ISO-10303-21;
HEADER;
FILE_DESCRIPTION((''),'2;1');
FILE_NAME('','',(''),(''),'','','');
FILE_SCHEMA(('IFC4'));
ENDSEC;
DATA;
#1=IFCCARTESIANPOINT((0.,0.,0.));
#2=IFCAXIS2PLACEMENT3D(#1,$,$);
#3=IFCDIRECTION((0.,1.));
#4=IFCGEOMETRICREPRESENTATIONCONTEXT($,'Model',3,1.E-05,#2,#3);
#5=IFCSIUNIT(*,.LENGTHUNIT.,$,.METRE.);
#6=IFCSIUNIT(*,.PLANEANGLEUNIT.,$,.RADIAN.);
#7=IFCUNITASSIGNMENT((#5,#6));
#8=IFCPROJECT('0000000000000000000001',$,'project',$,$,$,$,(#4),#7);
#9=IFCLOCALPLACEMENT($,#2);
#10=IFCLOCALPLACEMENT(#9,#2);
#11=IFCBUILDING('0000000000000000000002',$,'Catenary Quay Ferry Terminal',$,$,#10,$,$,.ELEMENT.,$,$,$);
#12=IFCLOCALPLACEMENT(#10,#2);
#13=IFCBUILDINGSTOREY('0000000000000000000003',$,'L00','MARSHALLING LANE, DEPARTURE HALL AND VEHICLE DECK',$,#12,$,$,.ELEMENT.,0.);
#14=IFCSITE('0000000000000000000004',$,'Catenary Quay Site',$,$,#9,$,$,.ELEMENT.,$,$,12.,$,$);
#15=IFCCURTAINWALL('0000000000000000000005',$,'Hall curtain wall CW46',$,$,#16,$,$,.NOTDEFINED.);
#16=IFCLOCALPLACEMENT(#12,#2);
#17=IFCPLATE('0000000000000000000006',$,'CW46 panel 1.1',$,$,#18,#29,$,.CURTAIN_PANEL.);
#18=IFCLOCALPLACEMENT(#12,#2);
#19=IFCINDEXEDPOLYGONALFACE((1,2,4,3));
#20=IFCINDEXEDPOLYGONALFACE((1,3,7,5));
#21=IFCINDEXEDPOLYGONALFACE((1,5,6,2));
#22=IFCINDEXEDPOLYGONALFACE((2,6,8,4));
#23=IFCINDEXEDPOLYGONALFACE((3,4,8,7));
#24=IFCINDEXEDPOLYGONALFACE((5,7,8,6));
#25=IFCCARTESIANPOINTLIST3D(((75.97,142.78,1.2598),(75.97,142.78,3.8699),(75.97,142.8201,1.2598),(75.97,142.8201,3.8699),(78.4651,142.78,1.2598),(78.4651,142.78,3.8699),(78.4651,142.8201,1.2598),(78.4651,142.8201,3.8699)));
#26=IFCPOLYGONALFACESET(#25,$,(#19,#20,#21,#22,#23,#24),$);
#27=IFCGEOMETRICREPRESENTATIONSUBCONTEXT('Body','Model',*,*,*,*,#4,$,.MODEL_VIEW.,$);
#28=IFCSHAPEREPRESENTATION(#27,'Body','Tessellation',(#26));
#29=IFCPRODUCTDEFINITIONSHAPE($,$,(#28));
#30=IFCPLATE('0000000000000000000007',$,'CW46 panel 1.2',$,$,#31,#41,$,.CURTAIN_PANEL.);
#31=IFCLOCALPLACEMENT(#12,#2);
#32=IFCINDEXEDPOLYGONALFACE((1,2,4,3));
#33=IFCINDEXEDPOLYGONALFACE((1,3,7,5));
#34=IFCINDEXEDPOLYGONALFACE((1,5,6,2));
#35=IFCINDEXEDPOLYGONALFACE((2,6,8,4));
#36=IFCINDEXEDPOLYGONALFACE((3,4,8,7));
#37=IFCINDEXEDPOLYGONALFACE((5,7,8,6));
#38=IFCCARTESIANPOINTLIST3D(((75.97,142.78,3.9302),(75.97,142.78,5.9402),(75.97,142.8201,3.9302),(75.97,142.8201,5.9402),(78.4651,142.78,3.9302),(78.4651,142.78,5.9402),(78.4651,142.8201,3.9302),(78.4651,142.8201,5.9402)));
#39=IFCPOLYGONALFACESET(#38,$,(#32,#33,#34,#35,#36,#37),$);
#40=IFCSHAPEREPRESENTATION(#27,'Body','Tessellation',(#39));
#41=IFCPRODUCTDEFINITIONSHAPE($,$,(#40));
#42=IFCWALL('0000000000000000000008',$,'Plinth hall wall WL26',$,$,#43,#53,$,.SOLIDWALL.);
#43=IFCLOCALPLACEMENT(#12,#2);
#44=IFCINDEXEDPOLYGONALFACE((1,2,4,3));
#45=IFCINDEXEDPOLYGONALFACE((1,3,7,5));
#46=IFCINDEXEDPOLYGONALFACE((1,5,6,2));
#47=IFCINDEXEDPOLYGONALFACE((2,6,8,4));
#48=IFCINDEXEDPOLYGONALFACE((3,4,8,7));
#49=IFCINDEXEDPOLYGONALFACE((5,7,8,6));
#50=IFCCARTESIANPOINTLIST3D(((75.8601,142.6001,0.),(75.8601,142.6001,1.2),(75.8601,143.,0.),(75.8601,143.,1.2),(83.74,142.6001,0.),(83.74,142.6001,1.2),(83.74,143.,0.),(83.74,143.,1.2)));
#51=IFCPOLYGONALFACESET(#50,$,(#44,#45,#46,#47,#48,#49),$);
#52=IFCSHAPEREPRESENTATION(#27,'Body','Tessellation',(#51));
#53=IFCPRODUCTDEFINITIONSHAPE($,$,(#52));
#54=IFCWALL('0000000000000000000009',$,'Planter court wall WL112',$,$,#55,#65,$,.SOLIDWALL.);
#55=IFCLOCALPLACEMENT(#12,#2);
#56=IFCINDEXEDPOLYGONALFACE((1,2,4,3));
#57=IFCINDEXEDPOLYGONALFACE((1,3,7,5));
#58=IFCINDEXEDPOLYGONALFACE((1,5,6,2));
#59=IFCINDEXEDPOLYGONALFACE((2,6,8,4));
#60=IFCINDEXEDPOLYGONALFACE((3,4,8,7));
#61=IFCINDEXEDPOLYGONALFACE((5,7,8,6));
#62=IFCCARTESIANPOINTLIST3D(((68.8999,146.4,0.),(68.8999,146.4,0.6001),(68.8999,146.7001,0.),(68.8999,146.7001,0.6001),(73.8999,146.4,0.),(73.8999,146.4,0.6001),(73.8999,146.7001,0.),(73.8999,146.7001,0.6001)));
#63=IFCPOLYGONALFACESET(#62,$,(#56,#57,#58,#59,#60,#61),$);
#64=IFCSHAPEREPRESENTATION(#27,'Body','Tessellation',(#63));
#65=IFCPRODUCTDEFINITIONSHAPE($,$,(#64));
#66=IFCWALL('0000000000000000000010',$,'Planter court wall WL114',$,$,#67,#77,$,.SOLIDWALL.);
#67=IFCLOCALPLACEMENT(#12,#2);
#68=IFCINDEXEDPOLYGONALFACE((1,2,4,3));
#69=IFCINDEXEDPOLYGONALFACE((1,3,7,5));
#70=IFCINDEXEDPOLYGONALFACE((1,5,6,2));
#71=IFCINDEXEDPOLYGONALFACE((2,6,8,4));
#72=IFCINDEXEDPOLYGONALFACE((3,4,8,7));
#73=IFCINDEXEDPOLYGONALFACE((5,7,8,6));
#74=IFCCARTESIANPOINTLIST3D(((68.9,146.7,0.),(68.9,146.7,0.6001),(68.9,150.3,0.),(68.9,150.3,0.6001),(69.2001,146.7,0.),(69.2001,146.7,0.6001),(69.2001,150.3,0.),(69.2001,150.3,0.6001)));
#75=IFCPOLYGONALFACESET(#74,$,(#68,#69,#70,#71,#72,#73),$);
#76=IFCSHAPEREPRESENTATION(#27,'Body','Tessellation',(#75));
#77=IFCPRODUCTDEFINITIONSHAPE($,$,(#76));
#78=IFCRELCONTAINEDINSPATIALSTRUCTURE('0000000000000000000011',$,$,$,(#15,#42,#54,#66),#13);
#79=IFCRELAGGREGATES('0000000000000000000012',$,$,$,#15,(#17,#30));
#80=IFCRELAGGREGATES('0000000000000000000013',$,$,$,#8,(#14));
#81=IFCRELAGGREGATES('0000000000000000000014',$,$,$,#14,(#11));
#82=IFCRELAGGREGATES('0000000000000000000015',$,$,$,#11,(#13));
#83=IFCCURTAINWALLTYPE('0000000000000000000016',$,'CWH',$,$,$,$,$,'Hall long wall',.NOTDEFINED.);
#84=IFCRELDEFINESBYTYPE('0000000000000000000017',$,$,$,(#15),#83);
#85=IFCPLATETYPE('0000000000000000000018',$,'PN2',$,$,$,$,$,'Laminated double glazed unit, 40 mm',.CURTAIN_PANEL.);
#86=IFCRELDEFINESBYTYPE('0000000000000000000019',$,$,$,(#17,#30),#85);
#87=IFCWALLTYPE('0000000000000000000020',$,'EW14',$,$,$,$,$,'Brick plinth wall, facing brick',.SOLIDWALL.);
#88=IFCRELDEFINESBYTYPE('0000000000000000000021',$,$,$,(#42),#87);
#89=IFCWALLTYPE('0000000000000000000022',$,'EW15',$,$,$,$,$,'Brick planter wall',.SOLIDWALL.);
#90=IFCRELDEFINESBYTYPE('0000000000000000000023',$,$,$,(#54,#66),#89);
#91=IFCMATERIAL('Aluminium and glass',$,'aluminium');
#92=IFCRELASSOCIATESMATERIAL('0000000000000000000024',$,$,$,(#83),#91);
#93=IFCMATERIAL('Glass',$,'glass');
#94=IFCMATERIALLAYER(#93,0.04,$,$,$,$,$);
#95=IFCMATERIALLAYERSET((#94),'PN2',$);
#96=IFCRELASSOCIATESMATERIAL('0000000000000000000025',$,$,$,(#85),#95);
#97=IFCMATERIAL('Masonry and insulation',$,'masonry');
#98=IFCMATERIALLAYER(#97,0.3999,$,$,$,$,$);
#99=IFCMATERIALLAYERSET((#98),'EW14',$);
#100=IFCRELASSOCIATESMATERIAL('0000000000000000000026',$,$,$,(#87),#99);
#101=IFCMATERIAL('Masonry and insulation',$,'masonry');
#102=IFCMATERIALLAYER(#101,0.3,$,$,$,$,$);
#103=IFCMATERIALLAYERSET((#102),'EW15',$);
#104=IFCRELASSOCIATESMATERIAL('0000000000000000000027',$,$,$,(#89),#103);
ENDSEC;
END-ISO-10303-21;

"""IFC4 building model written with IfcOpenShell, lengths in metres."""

from ifc_helpers import new_model, si_unit, direction, frame, frame_2d, origin, origin_2d, place, context, subcontext, project, spatial, rectangle, extrude, material, layer, layer_set, type_object, element, aggregate, save


model = new_model("IFC4")

# Units and contexts
model_context = context("Model", 3, precision=1e-05, world=origin(), true_north=direction((0.0, 1.0)))
body_context = subcontext(model_context, "Body", "Model", "MODEL_VIEW")
ifc_project = project(units=[si_unit("LENGTHUNIT", "METRE"), si_unit("PLANEANGLEUNIT", "RADIAN")], contexts=[model_context])

# Site, building, storey
site_placement = place(None, origin())
site = spatial("IfcSite", under=ifc_project, at=site_placement, Name="Catenary Quay Site", CompositionType="ELEMENT", RefElevation=12.0)
building_placement = place(site_placement, origin())
building = spatial("IfcBuilding", under=site, at=building_placement, Name="Catenary Quay Ferry Terminal", CompositionType="ELEMENT")
storey_placement = place(building_placement, origin())
storey = spatial("IfcBuildingStorey", under=building, at=storey_placement, Name="L00", Description="MARSHALLING LANE, DEPARTURE HALL AND VEHICLE DECK", CompositionType="ELEMENT", Elevation=0.0)

# Shared definitions
ifc_material_1 = material(Name="Aluminium and glass", Category="aluminium")
curtain_wall_type = type_object("IfcCurtainWallType", Name="CWH", ElementType="Hall long wall", PredefinedType="NOTDEFINED", material=ifc_material_1)

# Curtain wall
curtain_wall_1_placement = place(storey_placement, origin())
curtain_wall_1 = element("IfcCurtainWall", 1, at=curtain_wall_1_placement, inside=storey, type_object=curtain_wall_type, Name="Hall curtain wall CW46", PredefinedType="NOTDEFINED")

# Plates
ifc_material_2 = material(Name="Glass", Category="glass")
ifc_layer_1 = layer(ifc_material_2, 0.04)
ifc_layer_set_1 = layer_set([ifc_layer_1], Name="PN2")
plate_type = type_object("IfcPlateType", Name="PN2", ElementType="Laminated double glazed unit, 40 mm", PredefinedType="CURTAIN_PANEL", material=ifc_layer_set_1)
plate_1_placement = place(storey_placement, frame((77.2175, 142.8, 1.2598), z_axis=(0.0, 0.0, 1.0), x_axis=(1.0, 0.0, 0.0)))
plate_1 = element("IfcPlate", 2, at=plate_1_placement, type_object=plate_type, Name="CW46 panel 1.1", PredefinedType="CURTAIN_PANEL", context=body_context, shape_type="SweptSolid", body=[
    extrude(rectangle(XDim=2.4951, YDim=0.04, at=origin_2d()), origin(), (0.0, 0.0, 1.0), 2.6101),
])
plate_2_placement = place(storey_placement, frame((77.2175, 142.8, 3.9302), z_axis=(0.0, 0.0, 1.0), x_axis=(1.0, 0.0, 0.0)))
plate_2 = element("IfcPlate", 3, at=plate_2_placement, type_object=plate_type, Name="CW46 panel 1.2", PredefinedType="CURTAIN_PANEL", context=body_context, shape_type="SweptSolid", body=[
    extrude(rectangle(XDim=2.4951, YDim=0.04, at=origin_2d()), origin(), (0.0, 0.0, 1.0), 2.01),
])
aggregate(curtain_wall_1, [plate_1, plate_2])

# Walls
ifc_material_3 = material(Name="Masonry and insulation", Category="masonry")
ifc_layer_2 = layer(ifc_material_3, 0.3999)
ifc_layer_set_2 = layer_set([ifc_layer_2], Name="EW14")
wall_type_1 = type_object("IfcWallType", Name="EW14", ElementType="Brick plinth wall, facing brick", PredefinedType="SOLIDWALL", material=ifc_layer_set_2)
wall_1_placement = place(storey_placement, frame((75.8601, 142.8, 0.0), z_axis=(0.0, 0.0, 1.0), x_axis=(1.0, 0.0, 0.0)))
element("IfcWall", 4, at=wall_1_placement, inside=storey, type_object=wall_type_1, Name="Plinth hall wall WL26", PredefinedType="SOLIDWALL", context=body_context, shape_type="SweptSolid", body=[
    extrude(rectangle(XDim=7.8799, YDim=0.3999, at=frame_2d((3.9399, 0.0))), origin(), (0.0, 0.0, 1.0), 1.2),
])
ifc_material_4 = material(Name="Masonry and insulation", Category="masonry")
ifc_layer_3 = layer(ifc_material_4, 0.3)
ifc_layer_set_3 = layer_set([ifc_layer_3], Name="EW15")
wall_type_2 = type_object("IfcWallType", Name="EW15", ElementType="Brick planter wall", PredefinedType="SOLIDWALL", material=ifc_layer_set_3)
wall_2_placement = place(storey_placement, frame((68.8999, 146.55, 0.0), z_axis=(0.0, 0.0, 1.0), x_axis=(1.0, 0.0, 0.0)))
element("IfcWall", 5, at=wall_2_placement, inside=storey, type_object=wall_type_2, Name="Planter court wall WL112", PredefinedType="SOLIDWALL", context=body_context, shape_type="SweptSolid", body=[
    extrude(rectangle(XDim=5.0, YDim=0.3, at=frame_2d((2.5, 0.0))), origin(), (0.0, 0.0, 1.0), 0.6001),
])
wall_3_placement = place(storey_placement, frame((69.05, 146.7, 0.0), z_axis=(0.0, 0.0, 1.0), x_axis=(0.0, 1.0, 0.0)))
element("IfcWall", 6, at=wall_3_placement, inside=storey, type_object=wall_type_2, Name="Planter court wall WL114", PredefinedType="SOLIDWALL", context=body_context, shape_type="SweptSolid", body=[
    extrude(rectangle(XDim=3.6001, YDim=0.3, at=frame_2d((1.8, 0.0))), origin(), (0.0, 0.0, 1.0), 0.6001),
])

save(model, "model.ifc")
